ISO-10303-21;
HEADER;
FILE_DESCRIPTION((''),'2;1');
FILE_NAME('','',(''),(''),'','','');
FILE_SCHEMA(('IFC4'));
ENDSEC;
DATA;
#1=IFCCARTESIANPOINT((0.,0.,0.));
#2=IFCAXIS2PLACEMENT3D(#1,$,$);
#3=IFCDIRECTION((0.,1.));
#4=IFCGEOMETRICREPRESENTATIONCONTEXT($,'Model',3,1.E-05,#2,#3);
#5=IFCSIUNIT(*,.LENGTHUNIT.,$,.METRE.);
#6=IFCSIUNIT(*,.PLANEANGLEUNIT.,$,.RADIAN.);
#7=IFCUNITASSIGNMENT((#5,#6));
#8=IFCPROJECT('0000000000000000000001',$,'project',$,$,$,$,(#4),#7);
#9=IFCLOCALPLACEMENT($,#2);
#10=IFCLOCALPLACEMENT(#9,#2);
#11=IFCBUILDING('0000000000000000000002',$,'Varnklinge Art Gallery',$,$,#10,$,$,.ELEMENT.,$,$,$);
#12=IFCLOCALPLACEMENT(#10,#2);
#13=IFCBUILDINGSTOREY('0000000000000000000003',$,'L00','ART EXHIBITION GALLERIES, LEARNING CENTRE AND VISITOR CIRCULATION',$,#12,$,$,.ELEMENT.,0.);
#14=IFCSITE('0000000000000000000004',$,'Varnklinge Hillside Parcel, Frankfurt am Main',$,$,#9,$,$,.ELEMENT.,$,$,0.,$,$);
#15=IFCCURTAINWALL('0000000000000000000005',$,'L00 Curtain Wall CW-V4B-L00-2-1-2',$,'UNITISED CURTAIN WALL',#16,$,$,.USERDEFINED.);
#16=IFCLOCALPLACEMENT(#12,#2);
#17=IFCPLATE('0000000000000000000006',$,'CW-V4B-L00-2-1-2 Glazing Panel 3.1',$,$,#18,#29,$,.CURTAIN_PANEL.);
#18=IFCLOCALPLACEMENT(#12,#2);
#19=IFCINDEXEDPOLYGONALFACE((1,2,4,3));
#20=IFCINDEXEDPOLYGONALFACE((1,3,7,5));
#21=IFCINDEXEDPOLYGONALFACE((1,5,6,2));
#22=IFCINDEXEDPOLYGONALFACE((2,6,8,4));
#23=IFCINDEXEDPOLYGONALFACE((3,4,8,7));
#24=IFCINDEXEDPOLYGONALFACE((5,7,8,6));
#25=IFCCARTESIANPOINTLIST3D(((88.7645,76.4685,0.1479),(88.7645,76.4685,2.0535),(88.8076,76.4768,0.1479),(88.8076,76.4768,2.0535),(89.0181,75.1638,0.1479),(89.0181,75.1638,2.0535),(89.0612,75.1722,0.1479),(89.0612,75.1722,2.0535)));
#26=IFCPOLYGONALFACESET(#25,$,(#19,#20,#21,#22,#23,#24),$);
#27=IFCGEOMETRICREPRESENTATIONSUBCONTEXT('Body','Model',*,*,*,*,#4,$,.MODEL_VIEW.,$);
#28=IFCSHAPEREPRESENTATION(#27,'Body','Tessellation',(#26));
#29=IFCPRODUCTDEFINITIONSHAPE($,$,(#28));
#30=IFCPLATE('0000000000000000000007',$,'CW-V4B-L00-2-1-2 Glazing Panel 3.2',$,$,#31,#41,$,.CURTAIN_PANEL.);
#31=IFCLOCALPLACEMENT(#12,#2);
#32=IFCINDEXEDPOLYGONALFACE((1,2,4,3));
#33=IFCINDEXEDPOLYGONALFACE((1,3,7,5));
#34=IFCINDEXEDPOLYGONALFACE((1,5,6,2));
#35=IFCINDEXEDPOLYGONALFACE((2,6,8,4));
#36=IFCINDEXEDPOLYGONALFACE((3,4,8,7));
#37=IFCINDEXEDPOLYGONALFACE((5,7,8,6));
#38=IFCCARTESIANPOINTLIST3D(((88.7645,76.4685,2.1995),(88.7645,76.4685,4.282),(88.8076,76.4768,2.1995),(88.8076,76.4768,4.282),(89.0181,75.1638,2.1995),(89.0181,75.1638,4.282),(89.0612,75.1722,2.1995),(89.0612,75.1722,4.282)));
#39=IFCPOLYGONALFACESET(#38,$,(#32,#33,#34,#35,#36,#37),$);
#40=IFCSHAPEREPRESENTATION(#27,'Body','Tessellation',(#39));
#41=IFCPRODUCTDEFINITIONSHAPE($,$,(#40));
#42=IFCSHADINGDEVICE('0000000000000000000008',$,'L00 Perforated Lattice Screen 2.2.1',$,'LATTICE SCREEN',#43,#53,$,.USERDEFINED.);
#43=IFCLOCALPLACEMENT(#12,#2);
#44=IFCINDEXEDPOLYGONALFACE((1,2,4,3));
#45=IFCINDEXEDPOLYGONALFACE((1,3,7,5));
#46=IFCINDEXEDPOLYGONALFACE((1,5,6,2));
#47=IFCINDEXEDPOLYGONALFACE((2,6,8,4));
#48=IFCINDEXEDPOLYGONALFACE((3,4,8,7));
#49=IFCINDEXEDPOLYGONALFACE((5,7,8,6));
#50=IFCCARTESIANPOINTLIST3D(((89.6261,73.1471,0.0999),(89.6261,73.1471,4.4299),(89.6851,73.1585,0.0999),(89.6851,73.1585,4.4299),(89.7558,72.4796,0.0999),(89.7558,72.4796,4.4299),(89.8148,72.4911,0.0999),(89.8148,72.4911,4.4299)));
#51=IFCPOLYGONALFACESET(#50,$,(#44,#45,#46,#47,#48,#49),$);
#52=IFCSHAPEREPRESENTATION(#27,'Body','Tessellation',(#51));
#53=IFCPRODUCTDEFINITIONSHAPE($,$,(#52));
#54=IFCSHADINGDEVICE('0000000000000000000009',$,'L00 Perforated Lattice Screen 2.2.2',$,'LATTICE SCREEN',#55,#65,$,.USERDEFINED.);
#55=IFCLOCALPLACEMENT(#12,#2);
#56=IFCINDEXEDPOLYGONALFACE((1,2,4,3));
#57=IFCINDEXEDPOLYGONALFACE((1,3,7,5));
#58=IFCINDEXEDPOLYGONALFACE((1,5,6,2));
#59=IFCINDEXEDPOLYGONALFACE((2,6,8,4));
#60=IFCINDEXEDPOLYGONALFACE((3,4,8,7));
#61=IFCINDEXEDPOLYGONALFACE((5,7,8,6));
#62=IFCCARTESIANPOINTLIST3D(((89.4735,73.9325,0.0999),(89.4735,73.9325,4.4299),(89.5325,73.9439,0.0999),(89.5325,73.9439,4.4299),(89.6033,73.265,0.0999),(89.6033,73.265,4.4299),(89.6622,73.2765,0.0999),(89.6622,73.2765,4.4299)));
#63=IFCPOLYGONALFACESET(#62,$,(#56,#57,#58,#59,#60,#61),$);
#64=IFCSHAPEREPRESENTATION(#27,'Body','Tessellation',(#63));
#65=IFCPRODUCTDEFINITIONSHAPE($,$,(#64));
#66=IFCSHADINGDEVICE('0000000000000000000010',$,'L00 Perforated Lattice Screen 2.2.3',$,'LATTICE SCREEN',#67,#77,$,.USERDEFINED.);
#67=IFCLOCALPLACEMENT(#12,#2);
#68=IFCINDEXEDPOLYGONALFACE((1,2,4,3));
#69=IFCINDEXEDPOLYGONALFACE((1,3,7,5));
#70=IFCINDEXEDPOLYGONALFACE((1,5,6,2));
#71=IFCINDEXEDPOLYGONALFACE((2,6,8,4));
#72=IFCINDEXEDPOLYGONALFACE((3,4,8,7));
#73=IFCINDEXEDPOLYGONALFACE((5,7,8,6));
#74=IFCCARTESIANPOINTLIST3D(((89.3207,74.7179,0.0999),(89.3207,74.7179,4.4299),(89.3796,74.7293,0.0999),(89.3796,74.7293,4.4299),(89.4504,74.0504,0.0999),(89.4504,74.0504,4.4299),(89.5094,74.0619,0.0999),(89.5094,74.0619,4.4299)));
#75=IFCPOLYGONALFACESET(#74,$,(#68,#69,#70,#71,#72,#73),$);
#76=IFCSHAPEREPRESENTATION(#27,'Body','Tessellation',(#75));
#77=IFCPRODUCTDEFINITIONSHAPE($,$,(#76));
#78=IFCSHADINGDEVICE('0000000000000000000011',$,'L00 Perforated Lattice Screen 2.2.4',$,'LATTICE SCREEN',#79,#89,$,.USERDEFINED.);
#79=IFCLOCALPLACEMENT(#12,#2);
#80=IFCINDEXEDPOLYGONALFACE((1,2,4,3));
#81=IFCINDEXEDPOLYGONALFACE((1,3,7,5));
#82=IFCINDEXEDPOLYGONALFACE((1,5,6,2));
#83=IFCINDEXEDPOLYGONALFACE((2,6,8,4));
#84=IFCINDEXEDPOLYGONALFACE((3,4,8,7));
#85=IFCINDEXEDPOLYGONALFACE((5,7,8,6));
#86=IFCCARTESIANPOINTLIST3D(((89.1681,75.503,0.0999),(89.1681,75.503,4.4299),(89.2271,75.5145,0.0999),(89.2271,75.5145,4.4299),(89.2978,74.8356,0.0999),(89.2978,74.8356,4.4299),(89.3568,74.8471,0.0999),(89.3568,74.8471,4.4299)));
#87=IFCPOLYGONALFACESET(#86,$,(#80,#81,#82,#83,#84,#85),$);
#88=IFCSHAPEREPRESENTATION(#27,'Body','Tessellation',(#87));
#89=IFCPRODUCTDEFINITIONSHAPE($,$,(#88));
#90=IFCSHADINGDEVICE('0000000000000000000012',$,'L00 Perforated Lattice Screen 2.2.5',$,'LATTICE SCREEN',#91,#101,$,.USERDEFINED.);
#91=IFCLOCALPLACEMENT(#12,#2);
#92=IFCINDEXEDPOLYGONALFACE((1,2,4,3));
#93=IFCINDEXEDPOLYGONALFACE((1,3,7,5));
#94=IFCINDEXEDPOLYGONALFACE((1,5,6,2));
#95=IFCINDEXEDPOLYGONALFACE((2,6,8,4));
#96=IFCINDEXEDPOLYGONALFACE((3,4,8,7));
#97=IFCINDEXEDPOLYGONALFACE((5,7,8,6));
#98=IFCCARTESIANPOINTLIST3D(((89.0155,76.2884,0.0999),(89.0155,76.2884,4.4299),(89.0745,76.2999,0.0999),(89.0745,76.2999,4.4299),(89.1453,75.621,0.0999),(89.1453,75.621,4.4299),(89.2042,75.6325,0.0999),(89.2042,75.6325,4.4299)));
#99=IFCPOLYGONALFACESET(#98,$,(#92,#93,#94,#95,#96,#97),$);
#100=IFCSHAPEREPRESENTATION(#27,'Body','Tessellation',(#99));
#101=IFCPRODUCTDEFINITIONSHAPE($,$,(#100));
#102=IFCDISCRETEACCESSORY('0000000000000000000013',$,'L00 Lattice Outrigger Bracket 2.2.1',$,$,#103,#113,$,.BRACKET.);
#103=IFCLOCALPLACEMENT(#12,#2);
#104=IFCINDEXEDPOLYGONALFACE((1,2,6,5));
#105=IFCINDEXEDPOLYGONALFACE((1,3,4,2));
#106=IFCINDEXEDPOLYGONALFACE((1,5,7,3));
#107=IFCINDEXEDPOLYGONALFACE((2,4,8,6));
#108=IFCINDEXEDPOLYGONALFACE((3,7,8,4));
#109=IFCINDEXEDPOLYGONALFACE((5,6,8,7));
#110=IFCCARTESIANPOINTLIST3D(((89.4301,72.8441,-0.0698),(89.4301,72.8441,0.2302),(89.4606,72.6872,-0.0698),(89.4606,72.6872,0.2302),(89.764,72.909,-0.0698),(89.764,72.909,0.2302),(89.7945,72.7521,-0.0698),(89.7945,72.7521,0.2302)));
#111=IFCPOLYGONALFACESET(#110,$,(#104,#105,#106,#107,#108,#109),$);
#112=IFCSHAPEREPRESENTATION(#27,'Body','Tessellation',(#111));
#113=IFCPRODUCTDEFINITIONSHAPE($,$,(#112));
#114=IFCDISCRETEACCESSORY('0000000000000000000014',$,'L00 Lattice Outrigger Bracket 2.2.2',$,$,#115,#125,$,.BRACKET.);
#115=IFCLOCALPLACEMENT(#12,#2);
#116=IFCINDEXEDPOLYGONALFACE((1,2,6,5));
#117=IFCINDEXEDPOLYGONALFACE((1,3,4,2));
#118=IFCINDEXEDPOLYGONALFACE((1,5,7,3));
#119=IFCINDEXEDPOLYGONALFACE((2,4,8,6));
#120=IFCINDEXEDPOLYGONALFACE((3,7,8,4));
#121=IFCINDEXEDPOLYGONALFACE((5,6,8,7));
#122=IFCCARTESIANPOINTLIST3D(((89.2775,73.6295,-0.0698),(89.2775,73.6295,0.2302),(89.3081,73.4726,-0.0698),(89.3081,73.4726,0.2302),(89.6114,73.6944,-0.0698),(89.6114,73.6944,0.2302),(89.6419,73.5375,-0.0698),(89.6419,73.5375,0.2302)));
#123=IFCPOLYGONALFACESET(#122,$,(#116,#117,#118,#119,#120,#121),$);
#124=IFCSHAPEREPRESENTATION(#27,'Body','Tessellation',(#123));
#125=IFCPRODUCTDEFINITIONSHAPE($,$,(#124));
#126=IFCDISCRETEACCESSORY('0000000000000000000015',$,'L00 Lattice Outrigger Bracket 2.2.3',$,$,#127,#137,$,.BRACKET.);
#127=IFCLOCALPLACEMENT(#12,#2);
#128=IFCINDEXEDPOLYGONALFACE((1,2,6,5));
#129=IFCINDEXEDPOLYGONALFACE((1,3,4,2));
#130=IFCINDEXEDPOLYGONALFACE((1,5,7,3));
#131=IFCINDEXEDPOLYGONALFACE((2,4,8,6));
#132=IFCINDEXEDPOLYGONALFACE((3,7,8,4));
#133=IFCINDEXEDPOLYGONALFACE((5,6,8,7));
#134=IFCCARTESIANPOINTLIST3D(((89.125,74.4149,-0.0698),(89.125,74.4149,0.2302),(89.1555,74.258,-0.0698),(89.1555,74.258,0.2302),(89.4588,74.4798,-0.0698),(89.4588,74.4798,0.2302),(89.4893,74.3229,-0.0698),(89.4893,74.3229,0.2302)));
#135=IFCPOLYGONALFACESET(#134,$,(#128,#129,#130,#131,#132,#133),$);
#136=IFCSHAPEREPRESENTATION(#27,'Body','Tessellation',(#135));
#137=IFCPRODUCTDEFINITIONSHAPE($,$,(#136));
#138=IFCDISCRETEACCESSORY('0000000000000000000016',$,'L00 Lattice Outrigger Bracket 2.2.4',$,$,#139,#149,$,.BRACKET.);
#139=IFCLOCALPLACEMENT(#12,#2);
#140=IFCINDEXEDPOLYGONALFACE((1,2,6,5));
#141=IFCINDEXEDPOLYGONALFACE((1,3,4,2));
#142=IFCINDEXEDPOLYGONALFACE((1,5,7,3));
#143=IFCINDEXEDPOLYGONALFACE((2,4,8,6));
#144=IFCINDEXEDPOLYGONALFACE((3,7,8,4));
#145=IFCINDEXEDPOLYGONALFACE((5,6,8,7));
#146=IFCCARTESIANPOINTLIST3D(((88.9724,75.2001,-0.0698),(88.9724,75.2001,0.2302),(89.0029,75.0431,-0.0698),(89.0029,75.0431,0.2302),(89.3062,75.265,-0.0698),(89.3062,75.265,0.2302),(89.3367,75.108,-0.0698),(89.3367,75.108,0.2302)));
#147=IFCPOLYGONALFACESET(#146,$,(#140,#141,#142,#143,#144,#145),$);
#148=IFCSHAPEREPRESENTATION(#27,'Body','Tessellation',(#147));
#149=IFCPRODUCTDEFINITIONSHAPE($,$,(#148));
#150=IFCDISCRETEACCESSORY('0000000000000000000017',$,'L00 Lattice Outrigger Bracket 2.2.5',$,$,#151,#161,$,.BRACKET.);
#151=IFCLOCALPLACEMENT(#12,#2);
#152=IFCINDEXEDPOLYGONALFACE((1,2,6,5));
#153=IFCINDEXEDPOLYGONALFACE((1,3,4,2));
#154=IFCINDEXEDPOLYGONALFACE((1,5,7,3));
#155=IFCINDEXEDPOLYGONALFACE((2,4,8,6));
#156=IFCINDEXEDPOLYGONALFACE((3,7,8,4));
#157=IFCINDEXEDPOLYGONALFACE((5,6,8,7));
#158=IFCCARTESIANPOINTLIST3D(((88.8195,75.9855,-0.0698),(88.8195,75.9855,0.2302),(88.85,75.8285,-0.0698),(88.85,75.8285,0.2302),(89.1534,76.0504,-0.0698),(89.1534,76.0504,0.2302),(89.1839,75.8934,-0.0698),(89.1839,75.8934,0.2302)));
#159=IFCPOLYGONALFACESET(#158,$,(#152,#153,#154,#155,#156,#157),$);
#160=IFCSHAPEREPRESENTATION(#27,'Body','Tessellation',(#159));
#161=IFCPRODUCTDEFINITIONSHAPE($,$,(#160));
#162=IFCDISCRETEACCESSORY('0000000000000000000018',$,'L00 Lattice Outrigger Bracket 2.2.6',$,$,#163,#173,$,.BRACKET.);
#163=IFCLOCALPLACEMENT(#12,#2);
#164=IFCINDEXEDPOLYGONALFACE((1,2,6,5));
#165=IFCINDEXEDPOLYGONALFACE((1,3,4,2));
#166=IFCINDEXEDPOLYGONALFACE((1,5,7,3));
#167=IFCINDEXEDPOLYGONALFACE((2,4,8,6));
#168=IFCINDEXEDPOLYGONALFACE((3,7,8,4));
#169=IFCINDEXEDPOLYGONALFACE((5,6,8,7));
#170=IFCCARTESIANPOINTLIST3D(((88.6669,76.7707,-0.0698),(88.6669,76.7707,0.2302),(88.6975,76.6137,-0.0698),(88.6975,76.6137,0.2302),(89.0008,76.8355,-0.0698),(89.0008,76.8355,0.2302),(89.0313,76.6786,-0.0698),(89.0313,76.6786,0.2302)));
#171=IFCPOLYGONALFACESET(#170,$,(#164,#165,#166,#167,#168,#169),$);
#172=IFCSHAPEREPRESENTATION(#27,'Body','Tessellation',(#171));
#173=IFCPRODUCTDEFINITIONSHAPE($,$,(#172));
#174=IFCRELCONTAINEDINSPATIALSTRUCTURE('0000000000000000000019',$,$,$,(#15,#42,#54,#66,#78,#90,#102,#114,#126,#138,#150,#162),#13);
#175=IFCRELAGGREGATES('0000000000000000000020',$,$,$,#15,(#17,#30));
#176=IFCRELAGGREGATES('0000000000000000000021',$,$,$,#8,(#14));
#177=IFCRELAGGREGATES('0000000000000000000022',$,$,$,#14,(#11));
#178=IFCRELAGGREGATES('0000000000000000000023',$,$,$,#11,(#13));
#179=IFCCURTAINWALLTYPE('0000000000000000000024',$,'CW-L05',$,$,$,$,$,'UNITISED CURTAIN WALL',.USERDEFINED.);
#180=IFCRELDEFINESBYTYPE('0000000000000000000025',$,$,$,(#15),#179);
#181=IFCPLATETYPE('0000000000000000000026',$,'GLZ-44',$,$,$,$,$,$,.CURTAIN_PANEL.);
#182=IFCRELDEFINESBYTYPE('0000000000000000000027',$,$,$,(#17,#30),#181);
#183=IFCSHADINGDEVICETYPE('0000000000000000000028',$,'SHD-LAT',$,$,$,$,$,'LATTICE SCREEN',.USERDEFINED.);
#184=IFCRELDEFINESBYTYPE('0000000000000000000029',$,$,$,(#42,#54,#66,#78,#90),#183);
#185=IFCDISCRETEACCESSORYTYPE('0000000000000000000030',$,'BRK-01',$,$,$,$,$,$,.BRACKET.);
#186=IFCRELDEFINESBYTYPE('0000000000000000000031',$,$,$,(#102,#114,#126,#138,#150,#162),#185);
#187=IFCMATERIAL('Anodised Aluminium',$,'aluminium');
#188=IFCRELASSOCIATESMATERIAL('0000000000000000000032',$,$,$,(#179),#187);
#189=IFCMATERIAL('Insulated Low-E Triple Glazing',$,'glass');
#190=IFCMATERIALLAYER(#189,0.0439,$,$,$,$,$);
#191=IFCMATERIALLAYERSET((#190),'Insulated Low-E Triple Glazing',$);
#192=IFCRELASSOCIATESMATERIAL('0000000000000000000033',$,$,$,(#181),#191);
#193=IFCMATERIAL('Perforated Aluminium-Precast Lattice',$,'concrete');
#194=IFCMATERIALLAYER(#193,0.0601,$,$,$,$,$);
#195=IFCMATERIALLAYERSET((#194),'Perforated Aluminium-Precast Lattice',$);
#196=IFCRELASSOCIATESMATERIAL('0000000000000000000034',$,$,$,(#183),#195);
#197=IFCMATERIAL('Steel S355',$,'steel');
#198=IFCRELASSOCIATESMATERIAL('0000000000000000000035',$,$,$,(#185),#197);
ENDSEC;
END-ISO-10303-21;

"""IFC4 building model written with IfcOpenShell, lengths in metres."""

from ifc_helpers import new_model, si_unit, direction, frame, origin, origin_2d, place, context, subcontext, project, spatial, rectangle, extrude, material, layer, layer_set, type_object, element, aggregate, save


model = new_model("IFC4")

# Units and contexts
model_context = context("Model", 3, precision=1e-05, world=origin(), true_north=direction((0.0, 1.0)))
body_context = subcontext(model_context, "Body", "Model", "MODEL_VIEW")
ifc_project = project(units=[si_unit("LENGTHUNIT", "METRE"), si_unit("PLANEANGLEUNIT", "RADIAN")], contexts=[model_context])

# Site, building, storey
site_placement = place(None, origin())
site = spatial("IfcSite", under=ifc_project, at=site_placement, Name="Varnklinge Hillside Parcel, Frankfurt am Main", CompositionType="ELEMENT", RefElevation=0.0)
building_placement = place(site_placement, origin())
building = spatial("IfcBuilding", under=site, at=building_placement, Name="Varnklinge Art Gallery", CompositionType="ELEMENT")
storey_placement = place(building_placement, origin())
storey = spatial("IfcBuildingStorey", under=building, at=storey_placement, Name="L00", Description="ART EXHIBITION GALLERIES, LEARNING CENTRE AND VISITOR CIRCULATION", CompositionType="ELEMENT", Elevation=0.0)

# Curtain wall
ifc_material_1 = material(Name="Anodised Aluminium", Category="aluminium")
curtain_wall_type = type_object("IfcCurtainWallType", Name="CW-L05", ElementType="UNITISED CURTAIN WALL", PredefinedType="USERDEFINED", material=ifc_material_1)
curtain_wall_placement = place(storey_placement, origin())
curtain_wall = element("IfcCurtainWall", 1, at=curtain_wall_placement, inside=storey, type_object=curtain_wall_type, Name="L00 Curtain Wall CW-V4B-L00-2-1-2", ObjectType="UNITISED CURTAIN WALL", PredefinedType="USERDEFINED")

# Plates
ifc_material_2 = material(Name="Insulated Low-E Triple Glazing", Category="glass")
ifc_layer_1 = layer(ifc_material_2, 0.0439)
ifc_layer_set_1 = layer_set([ifc_layer_1], Name="Insulated Low-E Triple Glazing")
plate_type = type_object("IfcPlateType", Name="GLZ-44", PredefinedType="CURTAIN_PANEL", material=ifc_layer_set_1)
plate_1_placement = place(storey_placement, frame((88.9128, 75.8203, 0.1479), z_axis=(0.0, 0.0, 1.0), x_axis=(-0.190809, 0.981627, 0.0)))
plate_1 = element("IfcPlate", 2, at=plate_1_placement, type_object=plate_type, Name="CW-V4B-L00-2-1-2 Glazing Panel 3.1", PredefinedType="CURTAIN_PANEL", context=body_context, shape_type="SweptSolid", body=[
    extrude(rectangle(XDim=1.3291, YDim=0.0439, at=origin_2d()), origin(), (0.0, 0.0, 1.0), 1.9055),
])
plate_2_placement = place(storey_placement, frame((88.9128, 75.8203, 2.1995), z_axis=(0.0, 0.0, 1.0), x_axis=(-0.190809, 0.981627, 0.0)))
plate_2 = element("IfcPlate", 3, at=plate_2_placement, type_object=plate_type, Name="CW-V4B-L00-2-1-2 Glazing Panel 3.2", PredefinedType="CURTAIN_PANEL", context=body_context, shape_type="SweptSolid", body=[
    extrude(rectangle(XDim=1.3291, YDim=0.0439, at=origin_2d()), origin(), (0.0, 0.0, 1.0), 2.0825),
])
aggregate(curtain_wall, [plate_1, plate_2])

# Shading devices
ifc_material_3 = material(Name="Perforated Aluminium-Precast Lattice", Category="concrete")
ifc_layer_2 = layer(ifc_material_3, 0.0601)
ifc_layer_set_2 = layer_set([ifc_layer_2], Name="Perforated Aluminium-Precast Lattice")
shading_device_type = type_object("IfcShadingDeviceType", Name="SHD-LAT", ElementType="LATTICE SCREEN", PredefinedType="USERDEFINED", material=ifc_layer_set_2)
for number, where, z_axis, x_axis, name in (
    (4, (89.7205, 72.8191, 0.0999), (0.0, 0.0, 1.0), (-0.190809, 0.981627, 0.0), "L00 Perforated Lattice Screen 2.2.1"),
    (5, (89.5679, 73.6045, 0.0999), (0.0, 0.0, 1.0), (-0.190809, 0.981627, 0.0), "L00 Perforated Lattice Screen 2.2.2"),
    (6, (89.415, 74.3899, 0.0999), (0.0, 0.0, 1.0), (-0.190809, 0.981627, 0.0), "L00 Perforated Lattice Screen 2.2.3"),
    (7, (89.2625, 75.175, 0.0999), (0.0, 0.0, 1.0), (-0.190809, 0.981627, 0.0), "L00 Perforated Lattice Screen 2.2.4"),
    (8, (89.1099, 75.9604, 0.0999), (0.0, 0.0, 1.0), (-0.190809, 0.981627, 0.0), "L00 Perforated Lattice Screen 2.2.5"),
):
    element("IfcShadingDevice", number, at=place(storey_placement, frame(where, z_axis=z_axis, x_axis=x_axis)), inside=storey, type_object=shading_device_type, Name=name, ObjectType="LATTICE SCREEN", PredefinedType="USERDEFINED", context=body_context, shape_type="SweptSolid", body=[
        extrude(rectangle(XDim=0.6799, YDim=0.0601, at=origin_2d()), origin(), (0.0, 0.0, 1.0), 4.3301),
    ])

# Discrete accessories
ifc_material_4 = material(Name="Steel S355", Category="steel")
discrete_accessory_type = type_object("IfcDiscreteAccessoryType", Name="BRK-01", PredefinedType="BRACKET", material=ifc_material_4)
for number, where, z_axis, x_axis, name in (
    (9, (89.6123, 72.7981, -0.0698), (0.0, 0.0, 1.0), (-0.190809, 0.981627, 0.0), "L00 Lattice Outrigger Bracket 2.2.1"),
    (10, (89.4597, 73.5835, -0.0698), (0.0, 0.0, 1.0), (-0.190809, 0.981627, 0.0), "L00 Lattice Outrigger Bracket 2.2.2"),
    (11, (89.3071, 74.3689, -0.0698), (0.0, 0.0, 1.0), (-0.190809, 0.981627, 0.0), "L00 Lattice Outrigger Bracket 2.2.3"),
    (12, (89.1545, 75.1541, -0.0698), (0.0, 0.0, 1.0), (-0.190809, 0.981627, 0.0), "L00 Lattice Outrigger Bracket 2.2.4"),
    (13, (89.0017, 75.9395, -0.0698), (0.0, 0.0, 1.0), (-0.190809, 0.981627, 0.0), "L00 Lattice Outrigger Bracket 2.2.5"),
    (14, (88.8491, 76.7246, -0.0698), (0.0, 0.0, 1.0), (-0.190809, 0.981627, 0.0), "L00 Lattice Outrigger Bracket 2.2.6"),
):
    element("IfcDiscreteAccessory", number, at=place(storey_placement, frame(where, z_axis=z_axis, x_axis=x_axis)), inside=storey, type_object=discrete_accessory_type, Name=name, PredefinedType="BRACKET", context=body_context, shape_type="SweptSolid", body=[
        extrude(rectangle(XDim=0.1599, YDim=0.3401, at=origin_2d()), origin(), (0.0, 0.0, 1.0), 0.3),
    ])

save(model, "model.ifc")
